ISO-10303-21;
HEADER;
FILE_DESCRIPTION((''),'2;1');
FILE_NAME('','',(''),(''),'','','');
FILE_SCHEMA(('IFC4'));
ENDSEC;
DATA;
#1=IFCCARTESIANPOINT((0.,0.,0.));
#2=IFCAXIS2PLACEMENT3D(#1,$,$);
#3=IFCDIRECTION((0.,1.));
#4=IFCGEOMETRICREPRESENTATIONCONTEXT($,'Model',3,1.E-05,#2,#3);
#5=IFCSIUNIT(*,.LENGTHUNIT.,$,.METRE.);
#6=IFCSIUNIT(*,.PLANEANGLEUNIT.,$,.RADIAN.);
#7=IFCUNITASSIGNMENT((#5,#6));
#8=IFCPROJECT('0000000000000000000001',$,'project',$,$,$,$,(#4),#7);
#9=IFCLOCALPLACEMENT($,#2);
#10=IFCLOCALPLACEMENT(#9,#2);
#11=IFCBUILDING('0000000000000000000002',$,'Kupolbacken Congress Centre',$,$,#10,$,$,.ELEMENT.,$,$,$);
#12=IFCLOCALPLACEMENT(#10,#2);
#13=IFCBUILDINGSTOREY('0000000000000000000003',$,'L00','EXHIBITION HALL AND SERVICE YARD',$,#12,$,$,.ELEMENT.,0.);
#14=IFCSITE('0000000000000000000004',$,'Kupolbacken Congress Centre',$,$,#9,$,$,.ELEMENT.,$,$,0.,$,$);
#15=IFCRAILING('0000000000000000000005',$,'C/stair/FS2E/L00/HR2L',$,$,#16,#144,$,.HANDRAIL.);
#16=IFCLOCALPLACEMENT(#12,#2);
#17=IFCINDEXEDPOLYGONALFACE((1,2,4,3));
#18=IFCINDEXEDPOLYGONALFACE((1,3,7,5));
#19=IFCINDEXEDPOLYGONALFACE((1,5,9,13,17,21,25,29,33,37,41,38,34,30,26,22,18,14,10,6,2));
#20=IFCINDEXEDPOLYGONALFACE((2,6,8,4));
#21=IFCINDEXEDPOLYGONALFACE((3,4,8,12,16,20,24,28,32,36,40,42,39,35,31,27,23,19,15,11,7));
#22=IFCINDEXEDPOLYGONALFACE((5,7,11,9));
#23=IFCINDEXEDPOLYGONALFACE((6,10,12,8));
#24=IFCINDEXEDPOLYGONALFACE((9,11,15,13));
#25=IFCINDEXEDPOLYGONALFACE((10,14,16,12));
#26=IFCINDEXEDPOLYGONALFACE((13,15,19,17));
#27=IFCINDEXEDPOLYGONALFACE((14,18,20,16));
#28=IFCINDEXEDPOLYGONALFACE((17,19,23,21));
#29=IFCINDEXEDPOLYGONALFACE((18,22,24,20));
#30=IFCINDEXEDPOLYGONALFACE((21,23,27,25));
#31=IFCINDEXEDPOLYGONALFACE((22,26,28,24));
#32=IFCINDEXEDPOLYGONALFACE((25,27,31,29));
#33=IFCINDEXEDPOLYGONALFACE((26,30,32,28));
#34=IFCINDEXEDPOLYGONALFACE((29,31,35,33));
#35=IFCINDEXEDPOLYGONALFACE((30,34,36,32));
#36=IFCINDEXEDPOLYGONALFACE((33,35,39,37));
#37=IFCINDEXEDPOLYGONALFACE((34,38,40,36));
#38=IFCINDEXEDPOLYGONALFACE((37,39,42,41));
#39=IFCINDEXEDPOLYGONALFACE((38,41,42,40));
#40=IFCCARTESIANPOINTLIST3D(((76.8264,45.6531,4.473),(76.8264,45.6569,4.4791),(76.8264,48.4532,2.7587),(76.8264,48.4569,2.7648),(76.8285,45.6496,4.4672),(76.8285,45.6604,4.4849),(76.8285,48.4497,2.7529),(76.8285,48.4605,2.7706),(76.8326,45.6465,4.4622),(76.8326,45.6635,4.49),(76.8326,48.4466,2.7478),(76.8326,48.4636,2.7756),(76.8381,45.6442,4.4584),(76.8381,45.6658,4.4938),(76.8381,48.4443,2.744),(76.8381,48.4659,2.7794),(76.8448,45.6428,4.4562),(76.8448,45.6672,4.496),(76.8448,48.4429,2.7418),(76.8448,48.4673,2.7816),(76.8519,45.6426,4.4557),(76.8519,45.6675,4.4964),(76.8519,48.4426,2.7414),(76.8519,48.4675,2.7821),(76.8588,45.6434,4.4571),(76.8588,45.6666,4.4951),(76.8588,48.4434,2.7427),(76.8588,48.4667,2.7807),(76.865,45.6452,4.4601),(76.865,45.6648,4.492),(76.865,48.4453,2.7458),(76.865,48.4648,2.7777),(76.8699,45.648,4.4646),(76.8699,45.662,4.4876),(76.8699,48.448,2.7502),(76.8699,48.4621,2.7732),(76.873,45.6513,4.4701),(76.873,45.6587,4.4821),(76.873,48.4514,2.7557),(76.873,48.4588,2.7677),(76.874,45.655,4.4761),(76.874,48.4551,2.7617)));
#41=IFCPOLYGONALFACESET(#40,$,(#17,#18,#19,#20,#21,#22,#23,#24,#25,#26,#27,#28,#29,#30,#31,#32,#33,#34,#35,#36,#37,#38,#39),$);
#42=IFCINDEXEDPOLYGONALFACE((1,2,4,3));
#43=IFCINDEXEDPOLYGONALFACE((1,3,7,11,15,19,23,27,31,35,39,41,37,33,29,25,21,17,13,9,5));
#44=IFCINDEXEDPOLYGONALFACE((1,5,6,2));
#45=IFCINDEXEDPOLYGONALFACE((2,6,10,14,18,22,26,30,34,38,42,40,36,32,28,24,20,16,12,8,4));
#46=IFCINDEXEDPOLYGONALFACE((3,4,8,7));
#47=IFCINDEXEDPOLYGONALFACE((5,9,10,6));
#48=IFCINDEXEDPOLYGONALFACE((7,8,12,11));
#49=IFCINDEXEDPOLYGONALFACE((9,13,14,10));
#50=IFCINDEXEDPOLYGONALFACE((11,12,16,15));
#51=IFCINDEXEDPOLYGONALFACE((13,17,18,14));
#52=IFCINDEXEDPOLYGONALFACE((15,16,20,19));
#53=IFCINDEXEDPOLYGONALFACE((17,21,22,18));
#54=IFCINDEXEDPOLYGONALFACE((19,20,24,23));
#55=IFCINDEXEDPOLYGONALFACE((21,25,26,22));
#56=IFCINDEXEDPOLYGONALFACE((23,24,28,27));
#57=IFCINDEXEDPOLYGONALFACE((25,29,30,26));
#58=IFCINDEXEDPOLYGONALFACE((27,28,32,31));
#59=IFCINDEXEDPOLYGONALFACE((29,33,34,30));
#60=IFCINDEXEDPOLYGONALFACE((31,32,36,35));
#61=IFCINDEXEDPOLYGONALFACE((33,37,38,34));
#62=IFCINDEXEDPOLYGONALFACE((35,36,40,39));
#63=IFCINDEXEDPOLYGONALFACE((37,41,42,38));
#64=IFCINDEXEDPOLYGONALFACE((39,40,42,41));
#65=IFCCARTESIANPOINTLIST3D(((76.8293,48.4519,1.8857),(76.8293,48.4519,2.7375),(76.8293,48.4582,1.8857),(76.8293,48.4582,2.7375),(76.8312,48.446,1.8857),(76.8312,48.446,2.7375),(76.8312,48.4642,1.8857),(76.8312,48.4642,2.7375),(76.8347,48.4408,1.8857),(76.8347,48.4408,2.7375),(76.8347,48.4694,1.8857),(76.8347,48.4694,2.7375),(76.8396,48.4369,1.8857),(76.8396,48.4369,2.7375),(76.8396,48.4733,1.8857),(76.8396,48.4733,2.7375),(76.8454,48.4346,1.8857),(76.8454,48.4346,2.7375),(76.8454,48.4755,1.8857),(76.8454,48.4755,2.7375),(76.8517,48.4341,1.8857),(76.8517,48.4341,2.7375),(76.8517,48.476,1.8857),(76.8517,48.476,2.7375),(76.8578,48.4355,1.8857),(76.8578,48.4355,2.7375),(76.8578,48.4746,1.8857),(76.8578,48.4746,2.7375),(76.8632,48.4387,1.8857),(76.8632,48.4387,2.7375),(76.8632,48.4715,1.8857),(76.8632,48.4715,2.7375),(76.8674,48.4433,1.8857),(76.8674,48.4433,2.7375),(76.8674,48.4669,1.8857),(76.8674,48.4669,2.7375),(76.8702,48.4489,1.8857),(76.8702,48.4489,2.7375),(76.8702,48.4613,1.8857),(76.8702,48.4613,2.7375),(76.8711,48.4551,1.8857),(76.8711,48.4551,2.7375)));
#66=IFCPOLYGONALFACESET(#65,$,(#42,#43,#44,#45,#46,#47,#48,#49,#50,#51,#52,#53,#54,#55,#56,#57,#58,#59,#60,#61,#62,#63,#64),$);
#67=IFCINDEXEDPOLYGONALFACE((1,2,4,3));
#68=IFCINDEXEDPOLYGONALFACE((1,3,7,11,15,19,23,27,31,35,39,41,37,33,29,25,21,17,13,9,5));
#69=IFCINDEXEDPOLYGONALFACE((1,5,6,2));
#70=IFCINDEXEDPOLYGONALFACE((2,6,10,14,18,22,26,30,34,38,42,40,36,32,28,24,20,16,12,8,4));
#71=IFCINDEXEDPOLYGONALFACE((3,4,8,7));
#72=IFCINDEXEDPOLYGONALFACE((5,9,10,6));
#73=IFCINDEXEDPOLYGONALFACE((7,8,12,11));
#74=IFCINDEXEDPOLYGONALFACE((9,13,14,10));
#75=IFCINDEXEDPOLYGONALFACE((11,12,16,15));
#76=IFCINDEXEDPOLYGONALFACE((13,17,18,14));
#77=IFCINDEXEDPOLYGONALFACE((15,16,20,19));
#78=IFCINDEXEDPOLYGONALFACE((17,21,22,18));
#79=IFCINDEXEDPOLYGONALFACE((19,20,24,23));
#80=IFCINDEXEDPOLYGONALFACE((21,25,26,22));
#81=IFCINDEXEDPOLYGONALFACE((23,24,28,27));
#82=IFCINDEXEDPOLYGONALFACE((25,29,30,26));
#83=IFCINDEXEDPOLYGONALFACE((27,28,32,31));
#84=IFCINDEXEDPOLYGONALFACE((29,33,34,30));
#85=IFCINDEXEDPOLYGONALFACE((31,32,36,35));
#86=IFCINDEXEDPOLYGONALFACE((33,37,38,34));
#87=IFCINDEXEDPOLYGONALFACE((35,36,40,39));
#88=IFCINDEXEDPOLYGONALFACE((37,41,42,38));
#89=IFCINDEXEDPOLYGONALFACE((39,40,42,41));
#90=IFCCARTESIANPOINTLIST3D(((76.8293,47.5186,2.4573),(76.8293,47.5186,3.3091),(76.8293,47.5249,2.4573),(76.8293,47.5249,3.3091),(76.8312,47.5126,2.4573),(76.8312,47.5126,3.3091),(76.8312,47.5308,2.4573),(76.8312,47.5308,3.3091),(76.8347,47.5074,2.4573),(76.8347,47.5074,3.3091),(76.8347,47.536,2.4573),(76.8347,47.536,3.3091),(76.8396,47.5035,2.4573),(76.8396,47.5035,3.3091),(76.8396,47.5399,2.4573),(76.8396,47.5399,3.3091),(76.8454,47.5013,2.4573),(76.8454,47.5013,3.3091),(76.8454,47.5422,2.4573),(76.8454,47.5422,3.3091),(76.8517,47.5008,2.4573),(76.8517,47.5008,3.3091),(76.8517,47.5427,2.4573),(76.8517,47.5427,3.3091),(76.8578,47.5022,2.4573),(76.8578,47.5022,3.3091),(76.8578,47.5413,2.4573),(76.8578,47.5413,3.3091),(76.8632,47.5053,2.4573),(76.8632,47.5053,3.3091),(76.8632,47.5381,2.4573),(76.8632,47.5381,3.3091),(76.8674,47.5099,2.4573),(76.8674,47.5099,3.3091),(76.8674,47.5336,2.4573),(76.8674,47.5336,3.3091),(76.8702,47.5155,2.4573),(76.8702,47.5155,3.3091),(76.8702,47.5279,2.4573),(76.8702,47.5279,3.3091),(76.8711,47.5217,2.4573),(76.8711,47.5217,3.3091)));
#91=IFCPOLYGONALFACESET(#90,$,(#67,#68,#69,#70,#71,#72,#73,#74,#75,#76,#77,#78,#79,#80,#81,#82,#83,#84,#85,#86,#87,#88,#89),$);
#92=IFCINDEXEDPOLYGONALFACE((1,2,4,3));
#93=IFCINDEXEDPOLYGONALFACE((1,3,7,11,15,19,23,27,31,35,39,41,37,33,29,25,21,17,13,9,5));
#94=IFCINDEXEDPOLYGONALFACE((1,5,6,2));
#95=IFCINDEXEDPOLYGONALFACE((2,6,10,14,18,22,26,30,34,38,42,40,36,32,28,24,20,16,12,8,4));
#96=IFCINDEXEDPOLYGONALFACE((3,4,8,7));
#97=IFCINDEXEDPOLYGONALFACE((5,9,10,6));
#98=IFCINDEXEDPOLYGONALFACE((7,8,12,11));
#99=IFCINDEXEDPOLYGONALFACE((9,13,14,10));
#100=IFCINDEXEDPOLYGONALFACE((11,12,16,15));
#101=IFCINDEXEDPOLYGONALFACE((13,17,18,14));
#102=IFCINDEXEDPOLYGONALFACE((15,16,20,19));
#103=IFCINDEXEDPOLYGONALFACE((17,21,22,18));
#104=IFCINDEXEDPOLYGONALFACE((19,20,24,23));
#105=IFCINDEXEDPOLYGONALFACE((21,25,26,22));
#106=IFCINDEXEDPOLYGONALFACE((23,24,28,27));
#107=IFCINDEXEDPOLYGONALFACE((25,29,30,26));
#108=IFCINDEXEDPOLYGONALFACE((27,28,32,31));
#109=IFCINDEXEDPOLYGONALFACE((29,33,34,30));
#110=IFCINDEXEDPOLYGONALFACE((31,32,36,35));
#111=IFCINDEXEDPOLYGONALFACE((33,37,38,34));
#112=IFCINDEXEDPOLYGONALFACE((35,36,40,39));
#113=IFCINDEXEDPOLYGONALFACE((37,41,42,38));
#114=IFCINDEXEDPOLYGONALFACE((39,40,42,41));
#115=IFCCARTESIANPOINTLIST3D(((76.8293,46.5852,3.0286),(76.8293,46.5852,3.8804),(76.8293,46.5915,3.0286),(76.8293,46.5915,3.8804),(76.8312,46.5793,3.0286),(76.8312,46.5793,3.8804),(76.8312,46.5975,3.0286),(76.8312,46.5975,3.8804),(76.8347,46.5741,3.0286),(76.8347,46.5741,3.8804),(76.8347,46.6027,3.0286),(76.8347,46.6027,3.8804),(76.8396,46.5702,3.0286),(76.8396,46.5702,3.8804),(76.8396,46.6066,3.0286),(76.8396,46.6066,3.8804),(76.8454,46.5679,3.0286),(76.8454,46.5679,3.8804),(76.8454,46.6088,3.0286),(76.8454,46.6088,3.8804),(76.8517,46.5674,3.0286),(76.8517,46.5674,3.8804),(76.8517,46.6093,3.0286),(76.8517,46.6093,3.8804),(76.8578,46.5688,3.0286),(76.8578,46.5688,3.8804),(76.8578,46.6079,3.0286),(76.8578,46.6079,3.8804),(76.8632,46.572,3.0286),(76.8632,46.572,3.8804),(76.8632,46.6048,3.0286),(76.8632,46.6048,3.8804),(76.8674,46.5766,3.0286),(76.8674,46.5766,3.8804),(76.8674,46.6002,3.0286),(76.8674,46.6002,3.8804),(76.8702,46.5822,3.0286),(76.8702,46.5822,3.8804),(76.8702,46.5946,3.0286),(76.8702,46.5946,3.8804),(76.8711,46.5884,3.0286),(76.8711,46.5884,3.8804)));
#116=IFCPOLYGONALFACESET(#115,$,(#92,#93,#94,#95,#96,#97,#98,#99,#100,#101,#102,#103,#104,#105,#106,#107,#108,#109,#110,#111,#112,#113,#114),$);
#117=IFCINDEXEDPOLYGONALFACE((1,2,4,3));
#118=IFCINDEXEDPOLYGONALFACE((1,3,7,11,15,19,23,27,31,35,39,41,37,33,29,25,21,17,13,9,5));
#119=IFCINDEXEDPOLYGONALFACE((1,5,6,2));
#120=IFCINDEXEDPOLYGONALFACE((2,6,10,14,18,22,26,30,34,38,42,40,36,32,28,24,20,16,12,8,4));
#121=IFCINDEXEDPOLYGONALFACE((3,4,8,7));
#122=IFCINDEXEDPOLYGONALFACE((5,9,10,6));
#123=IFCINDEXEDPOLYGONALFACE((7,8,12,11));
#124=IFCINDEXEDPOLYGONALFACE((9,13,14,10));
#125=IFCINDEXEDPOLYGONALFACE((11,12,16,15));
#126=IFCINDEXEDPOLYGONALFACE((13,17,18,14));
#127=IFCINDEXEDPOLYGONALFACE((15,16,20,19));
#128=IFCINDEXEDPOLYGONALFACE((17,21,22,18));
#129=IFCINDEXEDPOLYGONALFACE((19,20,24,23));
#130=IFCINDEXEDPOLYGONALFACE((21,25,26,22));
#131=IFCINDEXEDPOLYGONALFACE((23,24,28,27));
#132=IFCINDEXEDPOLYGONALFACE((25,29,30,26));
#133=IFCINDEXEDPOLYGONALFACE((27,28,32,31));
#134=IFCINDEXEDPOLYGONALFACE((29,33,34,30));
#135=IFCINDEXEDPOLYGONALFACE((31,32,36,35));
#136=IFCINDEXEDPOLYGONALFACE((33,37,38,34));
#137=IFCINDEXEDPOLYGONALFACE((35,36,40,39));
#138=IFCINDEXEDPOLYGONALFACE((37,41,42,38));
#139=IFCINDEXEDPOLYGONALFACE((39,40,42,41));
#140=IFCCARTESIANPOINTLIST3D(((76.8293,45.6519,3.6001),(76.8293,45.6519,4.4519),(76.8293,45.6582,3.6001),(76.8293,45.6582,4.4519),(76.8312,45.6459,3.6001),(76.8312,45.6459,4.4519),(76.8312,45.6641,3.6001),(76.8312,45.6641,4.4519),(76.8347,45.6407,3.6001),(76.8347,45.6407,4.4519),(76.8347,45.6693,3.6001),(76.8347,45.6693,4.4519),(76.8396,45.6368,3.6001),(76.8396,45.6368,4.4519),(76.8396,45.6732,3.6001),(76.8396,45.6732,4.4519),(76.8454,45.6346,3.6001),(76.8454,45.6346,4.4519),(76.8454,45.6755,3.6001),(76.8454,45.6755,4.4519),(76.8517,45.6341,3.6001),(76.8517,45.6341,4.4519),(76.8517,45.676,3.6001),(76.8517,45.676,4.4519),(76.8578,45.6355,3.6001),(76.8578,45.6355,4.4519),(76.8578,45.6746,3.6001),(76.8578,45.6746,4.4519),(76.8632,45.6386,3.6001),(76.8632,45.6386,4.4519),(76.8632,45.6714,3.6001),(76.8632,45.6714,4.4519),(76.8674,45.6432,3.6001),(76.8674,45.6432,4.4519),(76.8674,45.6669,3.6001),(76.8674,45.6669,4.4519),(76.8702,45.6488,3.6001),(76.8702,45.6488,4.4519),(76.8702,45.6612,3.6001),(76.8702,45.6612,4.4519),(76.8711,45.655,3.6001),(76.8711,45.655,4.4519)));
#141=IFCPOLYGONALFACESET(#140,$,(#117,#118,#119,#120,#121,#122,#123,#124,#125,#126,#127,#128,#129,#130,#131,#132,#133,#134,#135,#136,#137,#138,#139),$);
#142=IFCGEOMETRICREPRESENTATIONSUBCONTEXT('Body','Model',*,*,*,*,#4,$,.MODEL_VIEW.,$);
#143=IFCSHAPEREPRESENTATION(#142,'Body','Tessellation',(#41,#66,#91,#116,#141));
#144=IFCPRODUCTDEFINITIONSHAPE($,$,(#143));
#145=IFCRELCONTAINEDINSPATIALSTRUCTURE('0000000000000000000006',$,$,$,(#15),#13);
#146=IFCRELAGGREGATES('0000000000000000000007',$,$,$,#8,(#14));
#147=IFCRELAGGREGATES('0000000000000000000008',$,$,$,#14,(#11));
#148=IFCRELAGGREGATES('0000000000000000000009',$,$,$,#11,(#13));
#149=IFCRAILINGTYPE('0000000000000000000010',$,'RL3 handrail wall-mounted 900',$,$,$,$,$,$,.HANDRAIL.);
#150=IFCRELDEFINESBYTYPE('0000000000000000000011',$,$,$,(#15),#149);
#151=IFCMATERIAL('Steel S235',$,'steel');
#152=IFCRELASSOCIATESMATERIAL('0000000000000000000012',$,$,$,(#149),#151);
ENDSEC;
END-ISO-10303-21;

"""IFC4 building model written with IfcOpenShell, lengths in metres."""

from ifc_helpers import new_model, si_unit, direction, frame, origin, origin_2d, place, context, subcontext, project, spatial, circle, extrude, material, type_object, element, save


model = new_model("IFC4")

# Units and contexts
model_context = context("Model", 3, precision=1e-05, world=origin(), true_north=direction((0.0, 1.0)))
body_context = subcontext(model_context, "Body", "Model", "MODEL_VIEW")
ifc_project = project(units=[si_unit("LENGTHUNIT", "METRE"), si_unit("PLANEANGLEUNIT", "RADIAN")], contexts=[model_context])

# Site, building, storey
site_placement = place(None, origin())
site = spatial("IfcSite", under=ifc_project, at=site_placement, Name="Kupolbacken Congress Centre", CompositionType="ELEMENT", RefElevation=0.0)
building_placement = place(site_placement, origin())
building = spatial("IfcBuilding", under=site, at=building_placement, Name="Kupolbacken Congress Centre", CompositionType="ELEMENT")
storey_placement = place(building_placement, origin())
storey = spatial("IfcBuildingStorey", under=building, at=storey_placement, Name="L00", Description="EXHIBITION HALL AND SERVICE YARD", CompositionType="ELEMENT", Elevation=0.0)

# Railing
ifc_material_1 = material(Name="Steel S235", Category="steel")
railing_type = type_object("IfcRailingType", Name="RL3 handrail wall-mounted 900", PredefinedType="HANDRAIL", material=ifc_material_1)
for number, where, name in (
    (1, (76.8501, 48.4551, 1.8857), "C/stair/FS2E/L00/HR2L"),
):
    element("IfcRailing", number, at=place(storey_placement, frame(where)), inside=storey, type_object=railing_type, Name=name, PredefinedType="HANDRAIL", context=body_context, shape_type="SweptSolid", body=[
        extrude(circle(Radius=0.0239, at=origin_2d()), frame((0.0, 0.0, 0.876), z_axis=(0.0, -0.852846, 0.522163), x_axis=(1.0, 0.0, 0.0)), (0.0, 0.0, 1.0), 3.2832),
        extrude(circle(Radius=0.021, at=origin_2d()), origin(), (0.0, 0.0, 1.0), 0.8518),
        extrude(circle(Radius=0.021, at=origin_2d()), frame((0.0, -0.9333, 0.5715)), (0.0, 0.0, 1.0), 0.8518),
        extrude(circle(Radius=0.021, at=origin_2d()), frame((0.0, -1.8667, 1.1428)), (0.0, 0.0, 1.0), 0.8518),
        extrude(circle(Radius=0.021, at=origin_2d()), frame((0.0, -2.8, 1.7144)), (0.0, 0.0, 1.0), 0.8518),
    ])

save(model, "model.ifc")
